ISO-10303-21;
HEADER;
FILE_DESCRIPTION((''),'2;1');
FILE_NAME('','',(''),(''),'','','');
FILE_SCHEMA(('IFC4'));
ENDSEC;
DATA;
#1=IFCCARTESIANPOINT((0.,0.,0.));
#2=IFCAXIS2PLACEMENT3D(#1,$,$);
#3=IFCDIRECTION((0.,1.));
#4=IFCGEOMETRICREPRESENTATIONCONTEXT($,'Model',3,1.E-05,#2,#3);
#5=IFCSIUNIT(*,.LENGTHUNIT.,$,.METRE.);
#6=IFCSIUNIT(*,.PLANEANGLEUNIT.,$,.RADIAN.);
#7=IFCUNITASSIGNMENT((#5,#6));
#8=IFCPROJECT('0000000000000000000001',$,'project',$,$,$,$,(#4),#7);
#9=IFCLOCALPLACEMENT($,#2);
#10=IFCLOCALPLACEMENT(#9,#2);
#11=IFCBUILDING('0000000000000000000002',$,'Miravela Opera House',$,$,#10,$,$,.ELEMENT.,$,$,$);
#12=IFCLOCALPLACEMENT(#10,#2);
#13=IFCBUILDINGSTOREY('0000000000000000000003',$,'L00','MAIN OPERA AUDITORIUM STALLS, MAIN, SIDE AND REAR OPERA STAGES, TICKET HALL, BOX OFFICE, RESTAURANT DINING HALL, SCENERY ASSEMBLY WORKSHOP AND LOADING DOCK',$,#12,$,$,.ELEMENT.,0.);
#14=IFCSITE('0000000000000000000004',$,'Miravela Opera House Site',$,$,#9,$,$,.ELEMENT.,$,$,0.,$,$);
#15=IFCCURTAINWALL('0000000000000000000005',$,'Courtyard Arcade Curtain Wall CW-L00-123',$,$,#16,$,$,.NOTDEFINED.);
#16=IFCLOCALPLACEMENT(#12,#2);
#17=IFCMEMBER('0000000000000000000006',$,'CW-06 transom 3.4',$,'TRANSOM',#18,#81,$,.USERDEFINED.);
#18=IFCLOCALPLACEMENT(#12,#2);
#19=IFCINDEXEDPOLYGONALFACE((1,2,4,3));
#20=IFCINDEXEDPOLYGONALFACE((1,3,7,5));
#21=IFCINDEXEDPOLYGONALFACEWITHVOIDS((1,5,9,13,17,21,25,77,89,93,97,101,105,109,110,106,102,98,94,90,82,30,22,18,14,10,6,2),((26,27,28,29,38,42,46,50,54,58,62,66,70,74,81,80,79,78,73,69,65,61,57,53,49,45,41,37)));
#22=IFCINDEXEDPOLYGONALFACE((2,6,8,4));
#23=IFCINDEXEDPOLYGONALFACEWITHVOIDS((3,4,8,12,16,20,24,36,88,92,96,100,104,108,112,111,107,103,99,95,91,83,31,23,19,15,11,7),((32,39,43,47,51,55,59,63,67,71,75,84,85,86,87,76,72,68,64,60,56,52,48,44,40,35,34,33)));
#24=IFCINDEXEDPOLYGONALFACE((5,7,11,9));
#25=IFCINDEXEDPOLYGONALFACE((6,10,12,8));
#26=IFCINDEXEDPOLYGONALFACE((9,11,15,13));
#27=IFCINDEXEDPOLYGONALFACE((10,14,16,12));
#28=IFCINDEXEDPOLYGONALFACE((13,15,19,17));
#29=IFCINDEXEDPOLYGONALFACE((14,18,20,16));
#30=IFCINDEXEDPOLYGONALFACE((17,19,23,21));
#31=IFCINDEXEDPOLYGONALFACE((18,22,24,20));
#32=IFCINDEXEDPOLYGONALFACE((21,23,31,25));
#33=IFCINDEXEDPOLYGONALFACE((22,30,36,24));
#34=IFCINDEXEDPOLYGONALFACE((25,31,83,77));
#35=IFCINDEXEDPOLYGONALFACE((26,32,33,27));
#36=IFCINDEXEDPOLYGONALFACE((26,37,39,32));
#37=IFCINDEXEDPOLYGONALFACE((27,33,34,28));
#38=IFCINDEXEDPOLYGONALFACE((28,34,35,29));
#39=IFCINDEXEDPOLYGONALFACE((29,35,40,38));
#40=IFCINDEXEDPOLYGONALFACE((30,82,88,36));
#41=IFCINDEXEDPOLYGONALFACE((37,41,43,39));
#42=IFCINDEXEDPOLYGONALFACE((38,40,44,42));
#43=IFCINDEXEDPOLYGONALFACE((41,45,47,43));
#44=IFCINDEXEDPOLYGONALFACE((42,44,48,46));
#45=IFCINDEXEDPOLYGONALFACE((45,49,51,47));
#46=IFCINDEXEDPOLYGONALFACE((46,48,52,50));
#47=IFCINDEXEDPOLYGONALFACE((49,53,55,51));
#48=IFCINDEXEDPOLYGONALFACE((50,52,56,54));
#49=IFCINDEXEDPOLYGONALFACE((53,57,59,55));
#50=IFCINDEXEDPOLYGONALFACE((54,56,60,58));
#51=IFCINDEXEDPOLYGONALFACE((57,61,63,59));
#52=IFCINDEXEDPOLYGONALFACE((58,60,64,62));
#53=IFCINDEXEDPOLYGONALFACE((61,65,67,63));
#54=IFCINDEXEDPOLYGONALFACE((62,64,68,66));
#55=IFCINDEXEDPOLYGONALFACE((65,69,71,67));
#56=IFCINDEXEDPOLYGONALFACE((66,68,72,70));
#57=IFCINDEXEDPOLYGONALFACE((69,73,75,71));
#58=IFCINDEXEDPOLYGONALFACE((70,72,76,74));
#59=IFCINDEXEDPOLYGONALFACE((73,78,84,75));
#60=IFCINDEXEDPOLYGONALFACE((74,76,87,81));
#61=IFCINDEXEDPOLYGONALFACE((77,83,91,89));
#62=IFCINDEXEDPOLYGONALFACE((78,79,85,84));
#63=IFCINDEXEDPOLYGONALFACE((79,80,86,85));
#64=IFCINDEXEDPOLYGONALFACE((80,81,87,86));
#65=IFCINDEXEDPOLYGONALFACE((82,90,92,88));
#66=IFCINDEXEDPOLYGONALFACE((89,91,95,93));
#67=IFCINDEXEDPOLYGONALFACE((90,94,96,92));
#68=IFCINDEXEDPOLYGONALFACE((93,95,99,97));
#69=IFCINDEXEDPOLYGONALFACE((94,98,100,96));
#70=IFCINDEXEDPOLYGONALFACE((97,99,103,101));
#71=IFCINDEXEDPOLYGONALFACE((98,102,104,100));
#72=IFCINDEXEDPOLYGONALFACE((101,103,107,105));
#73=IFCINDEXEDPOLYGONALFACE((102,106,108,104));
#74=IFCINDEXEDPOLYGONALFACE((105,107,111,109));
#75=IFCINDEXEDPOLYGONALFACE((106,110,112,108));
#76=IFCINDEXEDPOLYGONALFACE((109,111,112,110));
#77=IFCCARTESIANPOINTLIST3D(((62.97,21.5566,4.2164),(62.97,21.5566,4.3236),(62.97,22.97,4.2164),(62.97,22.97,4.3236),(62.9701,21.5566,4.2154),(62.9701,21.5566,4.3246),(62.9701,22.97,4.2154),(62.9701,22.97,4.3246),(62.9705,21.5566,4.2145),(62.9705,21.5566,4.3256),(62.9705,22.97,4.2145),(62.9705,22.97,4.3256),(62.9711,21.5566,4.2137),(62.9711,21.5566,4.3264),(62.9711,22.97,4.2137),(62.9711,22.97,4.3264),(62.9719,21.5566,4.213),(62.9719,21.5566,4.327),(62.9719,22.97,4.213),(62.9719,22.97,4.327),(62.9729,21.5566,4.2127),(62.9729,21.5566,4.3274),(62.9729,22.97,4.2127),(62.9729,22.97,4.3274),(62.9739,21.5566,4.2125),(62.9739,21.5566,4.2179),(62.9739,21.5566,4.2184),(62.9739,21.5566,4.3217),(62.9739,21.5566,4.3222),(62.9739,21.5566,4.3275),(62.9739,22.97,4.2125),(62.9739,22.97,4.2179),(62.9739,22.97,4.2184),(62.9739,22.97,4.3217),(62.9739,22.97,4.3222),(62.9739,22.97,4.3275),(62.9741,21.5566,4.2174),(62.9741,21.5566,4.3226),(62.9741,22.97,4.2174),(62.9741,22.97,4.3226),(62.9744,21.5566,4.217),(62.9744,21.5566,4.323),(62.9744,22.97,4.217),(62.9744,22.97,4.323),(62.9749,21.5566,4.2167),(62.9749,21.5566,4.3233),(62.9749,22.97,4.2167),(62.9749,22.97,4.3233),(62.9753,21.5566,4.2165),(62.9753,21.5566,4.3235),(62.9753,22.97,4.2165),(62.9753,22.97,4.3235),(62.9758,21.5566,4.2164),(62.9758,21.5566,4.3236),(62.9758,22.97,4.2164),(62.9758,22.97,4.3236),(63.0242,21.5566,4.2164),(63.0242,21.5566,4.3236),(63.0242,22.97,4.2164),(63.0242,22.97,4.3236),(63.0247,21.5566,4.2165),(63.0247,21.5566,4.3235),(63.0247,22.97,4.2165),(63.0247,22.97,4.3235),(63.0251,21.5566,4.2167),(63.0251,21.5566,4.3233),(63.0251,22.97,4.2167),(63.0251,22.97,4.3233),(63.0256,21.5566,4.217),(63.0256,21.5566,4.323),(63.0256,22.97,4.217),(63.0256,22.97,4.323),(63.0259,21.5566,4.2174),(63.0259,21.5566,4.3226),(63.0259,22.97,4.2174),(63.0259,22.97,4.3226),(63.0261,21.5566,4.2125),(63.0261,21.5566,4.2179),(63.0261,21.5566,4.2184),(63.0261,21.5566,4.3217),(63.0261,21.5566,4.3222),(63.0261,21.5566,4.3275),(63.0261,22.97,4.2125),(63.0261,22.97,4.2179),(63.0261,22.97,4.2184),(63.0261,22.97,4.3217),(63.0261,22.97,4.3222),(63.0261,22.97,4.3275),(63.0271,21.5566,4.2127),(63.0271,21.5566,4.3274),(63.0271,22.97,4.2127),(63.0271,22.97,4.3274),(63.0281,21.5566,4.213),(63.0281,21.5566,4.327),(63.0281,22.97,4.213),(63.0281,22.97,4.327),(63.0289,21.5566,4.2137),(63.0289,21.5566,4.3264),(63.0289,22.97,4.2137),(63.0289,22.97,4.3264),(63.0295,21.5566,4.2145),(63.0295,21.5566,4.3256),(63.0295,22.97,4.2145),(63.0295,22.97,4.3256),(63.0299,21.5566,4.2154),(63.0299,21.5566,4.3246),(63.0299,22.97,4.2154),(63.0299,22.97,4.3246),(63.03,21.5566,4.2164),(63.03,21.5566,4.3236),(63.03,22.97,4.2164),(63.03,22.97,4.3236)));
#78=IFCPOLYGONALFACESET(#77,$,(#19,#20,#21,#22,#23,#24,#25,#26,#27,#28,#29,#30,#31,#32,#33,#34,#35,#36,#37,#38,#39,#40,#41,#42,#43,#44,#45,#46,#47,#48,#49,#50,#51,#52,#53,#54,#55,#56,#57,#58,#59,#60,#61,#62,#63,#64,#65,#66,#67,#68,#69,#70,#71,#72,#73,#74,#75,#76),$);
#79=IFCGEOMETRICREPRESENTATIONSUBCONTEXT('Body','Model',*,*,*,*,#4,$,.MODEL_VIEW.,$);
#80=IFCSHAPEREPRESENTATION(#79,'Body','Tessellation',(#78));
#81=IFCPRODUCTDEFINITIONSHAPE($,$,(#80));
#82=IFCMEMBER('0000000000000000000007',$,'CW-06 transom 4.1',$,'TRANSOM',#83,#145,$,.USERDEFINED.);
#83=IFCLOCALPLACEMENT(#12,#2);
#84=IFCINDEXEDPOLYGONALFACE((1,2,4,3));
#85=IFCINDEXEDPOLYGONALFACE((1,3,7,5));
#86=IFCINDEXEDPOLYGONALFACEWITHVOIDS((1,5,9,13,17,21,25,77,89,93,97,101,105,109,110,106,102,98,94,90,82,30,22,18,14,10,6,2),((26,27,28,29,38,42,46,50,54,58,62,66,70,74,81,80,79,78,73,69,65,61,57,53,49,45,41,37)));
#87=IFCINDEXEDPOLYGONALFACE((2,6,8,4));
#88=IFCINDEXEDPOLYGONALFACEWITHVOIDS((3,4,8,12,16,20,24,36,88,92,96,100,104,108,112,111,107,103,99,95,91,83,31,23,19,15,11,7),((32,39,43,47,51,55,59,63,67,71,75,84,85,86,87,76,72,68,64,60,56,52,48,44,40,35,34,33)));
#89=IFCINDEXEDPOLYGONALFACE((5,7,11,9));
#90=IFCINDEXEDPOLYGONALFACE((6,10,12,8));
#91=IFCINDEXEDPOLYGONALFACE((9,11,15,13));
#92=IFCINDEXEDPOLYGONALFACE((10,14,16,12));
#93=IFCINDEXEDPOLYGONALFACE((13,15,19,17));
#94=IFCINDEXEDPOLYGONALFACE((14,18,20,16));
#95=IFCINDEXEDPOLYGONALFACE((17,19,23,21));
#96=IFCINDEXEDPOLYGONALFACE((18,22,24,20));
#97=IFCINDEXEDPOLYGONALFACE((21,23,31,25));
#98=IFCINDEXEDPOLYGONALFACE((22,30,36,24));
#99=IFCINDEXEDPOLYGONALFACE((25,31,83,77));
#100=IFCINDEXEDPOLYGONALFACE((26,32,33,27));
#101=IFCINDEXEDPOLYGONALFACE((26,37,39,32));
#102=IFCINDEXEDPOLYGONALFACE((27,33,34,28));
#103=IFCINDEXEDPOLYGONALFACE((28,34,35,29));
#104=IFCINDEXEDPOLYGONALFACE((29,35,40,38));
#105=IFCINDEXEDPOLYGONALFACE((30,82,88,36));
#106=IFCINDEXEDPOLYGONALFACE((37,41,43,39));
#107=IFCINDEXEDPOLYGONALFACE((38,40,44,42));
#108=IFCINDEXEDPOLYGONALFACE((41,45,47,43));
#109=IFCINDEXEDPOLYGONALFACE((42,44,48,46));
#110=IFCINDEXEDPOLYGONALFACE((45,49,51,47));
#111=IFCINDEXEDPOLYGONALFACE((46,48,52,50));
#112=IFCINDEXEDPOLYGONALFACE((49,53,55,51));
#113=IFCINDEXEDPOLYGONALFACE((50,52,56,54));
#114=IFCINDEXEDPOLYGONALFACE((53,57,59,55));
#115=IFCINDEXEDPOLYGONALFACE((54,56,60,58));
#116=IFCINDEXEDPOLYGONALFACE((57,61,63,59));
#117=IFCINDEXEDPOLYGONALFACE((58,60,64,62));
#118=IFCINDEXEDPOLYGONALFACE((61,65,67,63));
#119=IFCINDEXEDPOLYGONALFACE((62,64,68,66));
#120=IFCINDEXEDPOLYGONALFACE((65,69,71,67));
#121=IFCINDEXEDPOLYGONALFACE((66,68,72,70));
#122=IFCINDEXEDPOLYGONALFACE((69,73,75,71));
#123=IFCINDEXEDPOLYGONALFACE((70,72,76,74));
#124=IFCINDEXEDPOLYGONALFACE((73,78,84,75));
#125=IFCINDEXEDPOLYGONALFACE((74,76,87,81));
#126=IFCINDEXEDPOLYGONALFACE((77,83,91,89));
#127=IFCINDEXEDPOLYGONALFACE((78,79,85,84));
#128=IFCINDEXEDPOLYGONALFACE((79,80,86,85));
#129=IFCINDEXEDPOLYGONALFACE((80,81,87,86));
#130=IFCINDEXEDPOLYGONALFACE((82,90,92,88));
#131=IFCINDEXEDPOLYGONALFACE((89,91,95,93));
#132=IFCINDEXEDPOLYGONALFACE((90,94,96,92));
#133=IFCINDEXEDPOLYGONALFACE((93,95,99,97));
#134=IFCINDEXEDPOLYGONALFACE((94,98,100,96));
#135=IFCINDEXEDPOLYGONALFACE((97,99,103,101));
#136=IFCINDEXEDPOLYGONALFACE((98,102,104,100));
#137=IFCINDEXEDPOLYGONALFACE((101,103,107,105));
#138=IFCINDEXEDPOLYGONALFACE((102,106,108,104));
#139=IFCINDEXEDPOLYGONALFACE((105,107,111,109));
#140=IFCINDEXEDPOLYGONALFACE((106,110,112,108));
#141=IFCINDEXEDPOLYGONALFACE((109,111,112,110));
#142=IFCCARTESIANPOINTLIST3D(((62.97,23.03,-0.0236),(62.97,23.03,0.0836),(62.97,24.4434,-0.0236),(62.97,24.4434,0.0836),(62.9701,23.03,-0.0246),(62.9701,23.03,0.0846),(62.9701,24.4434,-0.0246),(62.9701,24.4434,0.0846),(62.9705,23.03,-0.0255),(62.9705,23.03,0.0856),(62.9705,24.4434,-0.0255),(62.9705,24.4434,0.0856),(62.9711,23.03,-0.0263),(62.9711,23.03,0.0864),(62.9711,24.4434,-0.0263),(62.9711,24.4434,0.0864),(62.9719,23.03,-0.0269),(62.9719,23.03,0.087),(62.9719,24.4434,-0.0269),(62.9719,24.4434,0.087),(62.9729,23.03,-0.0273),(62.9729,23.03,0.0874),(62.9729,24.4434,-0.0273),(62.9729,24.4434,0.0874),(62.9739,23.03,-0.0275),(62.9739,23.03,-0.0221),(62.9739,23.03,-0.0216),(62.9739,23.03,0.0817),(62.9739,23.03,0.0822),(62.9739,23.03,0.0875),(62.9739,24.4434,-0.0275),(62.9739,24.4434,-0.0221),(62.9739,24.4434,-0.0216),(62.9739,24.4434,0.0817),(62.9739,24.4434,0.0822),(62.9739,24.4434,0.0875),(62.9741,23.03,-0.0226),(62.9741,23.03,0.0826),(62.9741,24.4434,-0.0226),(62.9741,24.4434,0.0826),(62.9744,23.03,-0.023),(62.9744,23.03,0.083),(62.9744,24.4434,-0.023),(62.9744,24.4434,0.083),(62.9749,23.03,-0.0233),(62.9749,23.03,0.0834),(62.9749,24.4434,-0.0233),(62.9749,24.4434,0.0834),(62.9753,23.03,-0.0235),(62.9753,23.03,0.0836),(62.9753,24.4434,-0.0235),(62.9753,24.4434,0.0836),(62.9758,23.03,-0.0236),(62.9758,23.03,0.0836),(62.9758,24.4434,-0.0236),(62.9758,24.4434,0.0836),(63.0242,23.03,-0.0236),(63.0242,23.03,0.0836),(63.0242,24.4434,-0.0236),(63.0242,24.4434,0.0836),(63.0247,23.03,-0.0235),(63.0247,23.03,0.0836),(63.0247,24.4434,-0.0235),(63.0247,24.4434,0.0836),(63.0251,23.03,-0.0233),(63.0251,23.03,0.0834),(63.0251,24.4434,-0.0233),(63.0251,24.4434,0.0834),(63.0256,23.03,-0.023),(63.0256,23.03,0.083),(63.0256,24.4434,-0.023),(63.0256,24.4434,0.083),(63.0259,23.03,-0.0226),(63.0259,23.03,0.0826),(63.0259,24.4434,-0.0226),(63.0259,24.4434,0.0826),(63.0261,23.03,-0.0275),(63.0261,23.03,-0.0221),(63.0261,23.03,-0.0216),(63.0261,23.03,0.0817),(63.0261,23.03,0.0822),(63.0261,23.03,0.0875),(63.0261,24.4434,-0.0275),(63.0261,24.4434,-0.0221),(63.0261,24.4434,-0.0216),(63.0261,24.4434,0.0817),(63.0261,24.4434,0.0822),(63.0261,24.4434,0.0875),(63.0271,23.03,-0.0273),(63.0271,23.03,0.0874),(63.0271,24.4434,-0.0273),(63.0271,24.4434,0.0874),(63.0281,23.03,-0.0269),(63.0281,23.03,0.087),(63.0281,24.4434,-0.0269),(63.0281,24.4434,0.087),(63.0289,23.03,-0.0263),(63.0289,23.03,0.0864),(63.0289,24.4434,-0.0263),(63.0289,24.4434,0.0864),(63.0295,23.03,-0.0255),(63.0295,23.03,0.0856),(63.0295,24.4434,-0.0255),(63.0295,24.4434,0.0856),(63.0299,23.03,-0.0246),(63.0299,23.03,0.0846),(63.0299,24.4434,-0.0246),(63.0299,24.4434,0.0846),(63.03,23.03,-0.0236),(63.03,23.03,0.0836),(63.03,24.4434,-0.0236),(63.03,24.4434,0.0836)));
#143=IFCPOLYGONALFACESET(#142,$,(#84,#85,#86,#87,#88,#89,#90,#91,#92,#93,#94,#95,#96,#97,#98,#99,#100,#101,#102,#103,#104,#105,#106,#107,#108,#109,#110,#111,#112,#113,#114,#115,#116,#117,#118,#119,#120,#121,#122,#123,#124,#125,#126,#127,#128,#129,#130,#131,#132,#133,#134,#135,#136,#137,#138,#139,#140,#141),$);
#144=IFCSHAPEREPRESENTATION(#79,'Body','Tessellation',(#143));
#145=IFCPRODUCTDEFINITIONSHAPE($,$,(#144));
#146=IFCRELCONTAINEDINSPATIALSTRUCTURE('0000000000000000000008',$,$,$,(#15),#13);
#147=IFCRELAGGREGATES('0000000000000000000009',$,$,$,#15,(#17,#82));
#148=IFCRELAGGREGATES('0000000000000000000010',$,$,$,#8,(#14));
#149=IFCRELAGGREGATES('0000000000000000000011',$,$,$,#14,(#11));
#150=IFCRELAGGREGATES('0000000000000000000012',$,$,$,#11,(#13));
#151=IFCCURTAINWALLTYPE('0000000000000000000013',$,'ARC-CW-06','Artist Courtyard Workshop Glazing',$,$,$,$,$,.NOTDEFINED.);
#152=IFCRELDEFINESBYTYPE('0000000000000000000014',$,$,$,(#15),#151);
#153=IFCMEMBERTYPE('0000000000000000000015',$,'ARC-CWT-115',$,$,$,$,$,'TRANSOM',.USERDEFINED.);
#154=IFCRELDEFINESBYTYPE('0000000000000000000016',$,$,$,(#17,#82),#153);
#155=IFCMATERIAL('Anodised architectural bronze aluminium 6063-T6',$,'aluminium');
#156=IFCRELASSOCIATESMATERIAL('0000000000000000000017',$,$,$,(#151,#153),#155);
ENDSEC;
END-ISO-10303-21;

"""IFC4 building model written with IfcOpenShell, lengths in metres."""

from ifc_helpers import new_model, si_unit, direction, frame, origin, origin_2d, place, context, subcontext, project, spatial, hollow_rectangle, extrude, material, material_profile, profile_set, type_object, element, aggregate, save


model = new_model("IFC4")

# Units and contexts
model_context = context("Model", 3, precision=1e-05, world=origin(), true_north=direction((0.0, 1.0)))
body_context = subcontext(model_context, "Body", "Model", "MODEL_VIEW")
ifc_project = project(units=[si_unit("LENGTHUNIT", "METRE"), si_unit("PLANEANGLEUNIT", "RADIAN")], contexts=[model_context])

# Site, building, storey
site_placement = place(None, origin())
site = spatial("IfcSite", under=ifc_project, at=site_placement, Name="Miravela Opera House Site", CompositionType="ELEMENT", RefElevation=0.0)
building_placement = place(site_placement, origin())
building = spatial("IfcBuilding", under=site, at=building_placement, Name="Miravela Opera House", CompositionType="ELEMENT")
storey_placement = place(building_placement, origin())
storey = spatial("IfcBuildingStorey", under=building, at=storey_placement, Name="L00", Description="MAIN OPERA AUDITORIUM STALLS, MAIN, SIDE AND REAR OPERA STAGES, TICKET HALL, BOX OFFICE, RESTAURANT DINING HALL, SCENERY ASSEMBLY WORKSHOP AND LOADING DOCK", CompositionType="ELEMENT", Elevation=0.0)

# Curtain wall
ifc_material_1 = material(Name="Anodised architectural bronze aluminium 6063-T6", Category="aluminium")
curtain_wall_type = type_object("IfcCurtainWallType", Name="ARC-CW-06", Description="Artist Courtyard Workshop Glazing", PredefinedType="NOTDEFINED", material=ifc_material_1)
curtain_wall_1_placement = place(storey_placement, origin())
curtain_wall_1 = element("IfcCurtainWall", 1, at=curtain_wall_1_placement, inside=storey, type_object=curtain_wall_type, Name="Courtyard Arcade Curtain Wall CW-L00-123", PredefinedType="NOTDEFINED")
ifc_material_profile_1 = material_profile(ifc_material_1, hollow_rectangle(XDim=0.0601, YDim=0.115, WallThickness=0.0039, InnerFilletRadius=0.002, OuterFilletRadius=0.0039, at=origin_2d()), Name="CWT-60X115")
ifc_profile_set_1 = profile_set([ifc_material_profile_1])
member_type_1 = type_object("IfcMemberType", Name="ARC-CWT-115", ElementType="TRANSOM", PredefinedType="USERDEFINED", material=ifc_profile_set_1)

# Members
member_1_placement = place(storey_placement, frame((63.0, 21.5566, 4.27), z_axis=(0.0, 1.0, 0.0), x_axis=(-1.0, 0.0, 0.0)))
member_1 = element("IfcMember", 2, at=member_1_placement, type_object=member_type_1, Name="CW-06 transom 3.4", ObjectType="TRANSOM", PredefinedType="USERDEFINED", context=body_context, shape_type="SweptSolid", body=[
    extrude(hollow_rectangle(XDim=0.0601, YDim=0.115, WallThickness=0.0039, InnerFilletRadius=0.002, OuterFilletRadius=0.0039, at=origin_2d()), origin(), (0.0, 0.0, 1.0), 1.4133),
])
member_2_placement = place(storey_placement, frame((63.0, 23.03, 0.03), z_axis=(0.0, 1.0, 0.0), x_axis=(-1.0, 0.0, 0.0)))
member_2 = element("IfcMember", 3, at=member_2_placement, type_object=member_type_1, Name="CW-06 transom 4.1", ObjectType="TRANSOM", PredefinedType="USERDEFINED", context=body_context, shape_type="SweptSolid", body=[
    extrude(hollow_rectangle(XDim=0.0601, YDim=0.115, WallThickness=0.0039, InnerFilletRadius=0.002, OuterFilletRadius=0.0039, at=origin_2d()), origin(), (0.0, 0.0, 1.0), 1.4133),
])

aggregate(curtain_wall_1, [member_1, member_2])

save(model, "model.ifc")
